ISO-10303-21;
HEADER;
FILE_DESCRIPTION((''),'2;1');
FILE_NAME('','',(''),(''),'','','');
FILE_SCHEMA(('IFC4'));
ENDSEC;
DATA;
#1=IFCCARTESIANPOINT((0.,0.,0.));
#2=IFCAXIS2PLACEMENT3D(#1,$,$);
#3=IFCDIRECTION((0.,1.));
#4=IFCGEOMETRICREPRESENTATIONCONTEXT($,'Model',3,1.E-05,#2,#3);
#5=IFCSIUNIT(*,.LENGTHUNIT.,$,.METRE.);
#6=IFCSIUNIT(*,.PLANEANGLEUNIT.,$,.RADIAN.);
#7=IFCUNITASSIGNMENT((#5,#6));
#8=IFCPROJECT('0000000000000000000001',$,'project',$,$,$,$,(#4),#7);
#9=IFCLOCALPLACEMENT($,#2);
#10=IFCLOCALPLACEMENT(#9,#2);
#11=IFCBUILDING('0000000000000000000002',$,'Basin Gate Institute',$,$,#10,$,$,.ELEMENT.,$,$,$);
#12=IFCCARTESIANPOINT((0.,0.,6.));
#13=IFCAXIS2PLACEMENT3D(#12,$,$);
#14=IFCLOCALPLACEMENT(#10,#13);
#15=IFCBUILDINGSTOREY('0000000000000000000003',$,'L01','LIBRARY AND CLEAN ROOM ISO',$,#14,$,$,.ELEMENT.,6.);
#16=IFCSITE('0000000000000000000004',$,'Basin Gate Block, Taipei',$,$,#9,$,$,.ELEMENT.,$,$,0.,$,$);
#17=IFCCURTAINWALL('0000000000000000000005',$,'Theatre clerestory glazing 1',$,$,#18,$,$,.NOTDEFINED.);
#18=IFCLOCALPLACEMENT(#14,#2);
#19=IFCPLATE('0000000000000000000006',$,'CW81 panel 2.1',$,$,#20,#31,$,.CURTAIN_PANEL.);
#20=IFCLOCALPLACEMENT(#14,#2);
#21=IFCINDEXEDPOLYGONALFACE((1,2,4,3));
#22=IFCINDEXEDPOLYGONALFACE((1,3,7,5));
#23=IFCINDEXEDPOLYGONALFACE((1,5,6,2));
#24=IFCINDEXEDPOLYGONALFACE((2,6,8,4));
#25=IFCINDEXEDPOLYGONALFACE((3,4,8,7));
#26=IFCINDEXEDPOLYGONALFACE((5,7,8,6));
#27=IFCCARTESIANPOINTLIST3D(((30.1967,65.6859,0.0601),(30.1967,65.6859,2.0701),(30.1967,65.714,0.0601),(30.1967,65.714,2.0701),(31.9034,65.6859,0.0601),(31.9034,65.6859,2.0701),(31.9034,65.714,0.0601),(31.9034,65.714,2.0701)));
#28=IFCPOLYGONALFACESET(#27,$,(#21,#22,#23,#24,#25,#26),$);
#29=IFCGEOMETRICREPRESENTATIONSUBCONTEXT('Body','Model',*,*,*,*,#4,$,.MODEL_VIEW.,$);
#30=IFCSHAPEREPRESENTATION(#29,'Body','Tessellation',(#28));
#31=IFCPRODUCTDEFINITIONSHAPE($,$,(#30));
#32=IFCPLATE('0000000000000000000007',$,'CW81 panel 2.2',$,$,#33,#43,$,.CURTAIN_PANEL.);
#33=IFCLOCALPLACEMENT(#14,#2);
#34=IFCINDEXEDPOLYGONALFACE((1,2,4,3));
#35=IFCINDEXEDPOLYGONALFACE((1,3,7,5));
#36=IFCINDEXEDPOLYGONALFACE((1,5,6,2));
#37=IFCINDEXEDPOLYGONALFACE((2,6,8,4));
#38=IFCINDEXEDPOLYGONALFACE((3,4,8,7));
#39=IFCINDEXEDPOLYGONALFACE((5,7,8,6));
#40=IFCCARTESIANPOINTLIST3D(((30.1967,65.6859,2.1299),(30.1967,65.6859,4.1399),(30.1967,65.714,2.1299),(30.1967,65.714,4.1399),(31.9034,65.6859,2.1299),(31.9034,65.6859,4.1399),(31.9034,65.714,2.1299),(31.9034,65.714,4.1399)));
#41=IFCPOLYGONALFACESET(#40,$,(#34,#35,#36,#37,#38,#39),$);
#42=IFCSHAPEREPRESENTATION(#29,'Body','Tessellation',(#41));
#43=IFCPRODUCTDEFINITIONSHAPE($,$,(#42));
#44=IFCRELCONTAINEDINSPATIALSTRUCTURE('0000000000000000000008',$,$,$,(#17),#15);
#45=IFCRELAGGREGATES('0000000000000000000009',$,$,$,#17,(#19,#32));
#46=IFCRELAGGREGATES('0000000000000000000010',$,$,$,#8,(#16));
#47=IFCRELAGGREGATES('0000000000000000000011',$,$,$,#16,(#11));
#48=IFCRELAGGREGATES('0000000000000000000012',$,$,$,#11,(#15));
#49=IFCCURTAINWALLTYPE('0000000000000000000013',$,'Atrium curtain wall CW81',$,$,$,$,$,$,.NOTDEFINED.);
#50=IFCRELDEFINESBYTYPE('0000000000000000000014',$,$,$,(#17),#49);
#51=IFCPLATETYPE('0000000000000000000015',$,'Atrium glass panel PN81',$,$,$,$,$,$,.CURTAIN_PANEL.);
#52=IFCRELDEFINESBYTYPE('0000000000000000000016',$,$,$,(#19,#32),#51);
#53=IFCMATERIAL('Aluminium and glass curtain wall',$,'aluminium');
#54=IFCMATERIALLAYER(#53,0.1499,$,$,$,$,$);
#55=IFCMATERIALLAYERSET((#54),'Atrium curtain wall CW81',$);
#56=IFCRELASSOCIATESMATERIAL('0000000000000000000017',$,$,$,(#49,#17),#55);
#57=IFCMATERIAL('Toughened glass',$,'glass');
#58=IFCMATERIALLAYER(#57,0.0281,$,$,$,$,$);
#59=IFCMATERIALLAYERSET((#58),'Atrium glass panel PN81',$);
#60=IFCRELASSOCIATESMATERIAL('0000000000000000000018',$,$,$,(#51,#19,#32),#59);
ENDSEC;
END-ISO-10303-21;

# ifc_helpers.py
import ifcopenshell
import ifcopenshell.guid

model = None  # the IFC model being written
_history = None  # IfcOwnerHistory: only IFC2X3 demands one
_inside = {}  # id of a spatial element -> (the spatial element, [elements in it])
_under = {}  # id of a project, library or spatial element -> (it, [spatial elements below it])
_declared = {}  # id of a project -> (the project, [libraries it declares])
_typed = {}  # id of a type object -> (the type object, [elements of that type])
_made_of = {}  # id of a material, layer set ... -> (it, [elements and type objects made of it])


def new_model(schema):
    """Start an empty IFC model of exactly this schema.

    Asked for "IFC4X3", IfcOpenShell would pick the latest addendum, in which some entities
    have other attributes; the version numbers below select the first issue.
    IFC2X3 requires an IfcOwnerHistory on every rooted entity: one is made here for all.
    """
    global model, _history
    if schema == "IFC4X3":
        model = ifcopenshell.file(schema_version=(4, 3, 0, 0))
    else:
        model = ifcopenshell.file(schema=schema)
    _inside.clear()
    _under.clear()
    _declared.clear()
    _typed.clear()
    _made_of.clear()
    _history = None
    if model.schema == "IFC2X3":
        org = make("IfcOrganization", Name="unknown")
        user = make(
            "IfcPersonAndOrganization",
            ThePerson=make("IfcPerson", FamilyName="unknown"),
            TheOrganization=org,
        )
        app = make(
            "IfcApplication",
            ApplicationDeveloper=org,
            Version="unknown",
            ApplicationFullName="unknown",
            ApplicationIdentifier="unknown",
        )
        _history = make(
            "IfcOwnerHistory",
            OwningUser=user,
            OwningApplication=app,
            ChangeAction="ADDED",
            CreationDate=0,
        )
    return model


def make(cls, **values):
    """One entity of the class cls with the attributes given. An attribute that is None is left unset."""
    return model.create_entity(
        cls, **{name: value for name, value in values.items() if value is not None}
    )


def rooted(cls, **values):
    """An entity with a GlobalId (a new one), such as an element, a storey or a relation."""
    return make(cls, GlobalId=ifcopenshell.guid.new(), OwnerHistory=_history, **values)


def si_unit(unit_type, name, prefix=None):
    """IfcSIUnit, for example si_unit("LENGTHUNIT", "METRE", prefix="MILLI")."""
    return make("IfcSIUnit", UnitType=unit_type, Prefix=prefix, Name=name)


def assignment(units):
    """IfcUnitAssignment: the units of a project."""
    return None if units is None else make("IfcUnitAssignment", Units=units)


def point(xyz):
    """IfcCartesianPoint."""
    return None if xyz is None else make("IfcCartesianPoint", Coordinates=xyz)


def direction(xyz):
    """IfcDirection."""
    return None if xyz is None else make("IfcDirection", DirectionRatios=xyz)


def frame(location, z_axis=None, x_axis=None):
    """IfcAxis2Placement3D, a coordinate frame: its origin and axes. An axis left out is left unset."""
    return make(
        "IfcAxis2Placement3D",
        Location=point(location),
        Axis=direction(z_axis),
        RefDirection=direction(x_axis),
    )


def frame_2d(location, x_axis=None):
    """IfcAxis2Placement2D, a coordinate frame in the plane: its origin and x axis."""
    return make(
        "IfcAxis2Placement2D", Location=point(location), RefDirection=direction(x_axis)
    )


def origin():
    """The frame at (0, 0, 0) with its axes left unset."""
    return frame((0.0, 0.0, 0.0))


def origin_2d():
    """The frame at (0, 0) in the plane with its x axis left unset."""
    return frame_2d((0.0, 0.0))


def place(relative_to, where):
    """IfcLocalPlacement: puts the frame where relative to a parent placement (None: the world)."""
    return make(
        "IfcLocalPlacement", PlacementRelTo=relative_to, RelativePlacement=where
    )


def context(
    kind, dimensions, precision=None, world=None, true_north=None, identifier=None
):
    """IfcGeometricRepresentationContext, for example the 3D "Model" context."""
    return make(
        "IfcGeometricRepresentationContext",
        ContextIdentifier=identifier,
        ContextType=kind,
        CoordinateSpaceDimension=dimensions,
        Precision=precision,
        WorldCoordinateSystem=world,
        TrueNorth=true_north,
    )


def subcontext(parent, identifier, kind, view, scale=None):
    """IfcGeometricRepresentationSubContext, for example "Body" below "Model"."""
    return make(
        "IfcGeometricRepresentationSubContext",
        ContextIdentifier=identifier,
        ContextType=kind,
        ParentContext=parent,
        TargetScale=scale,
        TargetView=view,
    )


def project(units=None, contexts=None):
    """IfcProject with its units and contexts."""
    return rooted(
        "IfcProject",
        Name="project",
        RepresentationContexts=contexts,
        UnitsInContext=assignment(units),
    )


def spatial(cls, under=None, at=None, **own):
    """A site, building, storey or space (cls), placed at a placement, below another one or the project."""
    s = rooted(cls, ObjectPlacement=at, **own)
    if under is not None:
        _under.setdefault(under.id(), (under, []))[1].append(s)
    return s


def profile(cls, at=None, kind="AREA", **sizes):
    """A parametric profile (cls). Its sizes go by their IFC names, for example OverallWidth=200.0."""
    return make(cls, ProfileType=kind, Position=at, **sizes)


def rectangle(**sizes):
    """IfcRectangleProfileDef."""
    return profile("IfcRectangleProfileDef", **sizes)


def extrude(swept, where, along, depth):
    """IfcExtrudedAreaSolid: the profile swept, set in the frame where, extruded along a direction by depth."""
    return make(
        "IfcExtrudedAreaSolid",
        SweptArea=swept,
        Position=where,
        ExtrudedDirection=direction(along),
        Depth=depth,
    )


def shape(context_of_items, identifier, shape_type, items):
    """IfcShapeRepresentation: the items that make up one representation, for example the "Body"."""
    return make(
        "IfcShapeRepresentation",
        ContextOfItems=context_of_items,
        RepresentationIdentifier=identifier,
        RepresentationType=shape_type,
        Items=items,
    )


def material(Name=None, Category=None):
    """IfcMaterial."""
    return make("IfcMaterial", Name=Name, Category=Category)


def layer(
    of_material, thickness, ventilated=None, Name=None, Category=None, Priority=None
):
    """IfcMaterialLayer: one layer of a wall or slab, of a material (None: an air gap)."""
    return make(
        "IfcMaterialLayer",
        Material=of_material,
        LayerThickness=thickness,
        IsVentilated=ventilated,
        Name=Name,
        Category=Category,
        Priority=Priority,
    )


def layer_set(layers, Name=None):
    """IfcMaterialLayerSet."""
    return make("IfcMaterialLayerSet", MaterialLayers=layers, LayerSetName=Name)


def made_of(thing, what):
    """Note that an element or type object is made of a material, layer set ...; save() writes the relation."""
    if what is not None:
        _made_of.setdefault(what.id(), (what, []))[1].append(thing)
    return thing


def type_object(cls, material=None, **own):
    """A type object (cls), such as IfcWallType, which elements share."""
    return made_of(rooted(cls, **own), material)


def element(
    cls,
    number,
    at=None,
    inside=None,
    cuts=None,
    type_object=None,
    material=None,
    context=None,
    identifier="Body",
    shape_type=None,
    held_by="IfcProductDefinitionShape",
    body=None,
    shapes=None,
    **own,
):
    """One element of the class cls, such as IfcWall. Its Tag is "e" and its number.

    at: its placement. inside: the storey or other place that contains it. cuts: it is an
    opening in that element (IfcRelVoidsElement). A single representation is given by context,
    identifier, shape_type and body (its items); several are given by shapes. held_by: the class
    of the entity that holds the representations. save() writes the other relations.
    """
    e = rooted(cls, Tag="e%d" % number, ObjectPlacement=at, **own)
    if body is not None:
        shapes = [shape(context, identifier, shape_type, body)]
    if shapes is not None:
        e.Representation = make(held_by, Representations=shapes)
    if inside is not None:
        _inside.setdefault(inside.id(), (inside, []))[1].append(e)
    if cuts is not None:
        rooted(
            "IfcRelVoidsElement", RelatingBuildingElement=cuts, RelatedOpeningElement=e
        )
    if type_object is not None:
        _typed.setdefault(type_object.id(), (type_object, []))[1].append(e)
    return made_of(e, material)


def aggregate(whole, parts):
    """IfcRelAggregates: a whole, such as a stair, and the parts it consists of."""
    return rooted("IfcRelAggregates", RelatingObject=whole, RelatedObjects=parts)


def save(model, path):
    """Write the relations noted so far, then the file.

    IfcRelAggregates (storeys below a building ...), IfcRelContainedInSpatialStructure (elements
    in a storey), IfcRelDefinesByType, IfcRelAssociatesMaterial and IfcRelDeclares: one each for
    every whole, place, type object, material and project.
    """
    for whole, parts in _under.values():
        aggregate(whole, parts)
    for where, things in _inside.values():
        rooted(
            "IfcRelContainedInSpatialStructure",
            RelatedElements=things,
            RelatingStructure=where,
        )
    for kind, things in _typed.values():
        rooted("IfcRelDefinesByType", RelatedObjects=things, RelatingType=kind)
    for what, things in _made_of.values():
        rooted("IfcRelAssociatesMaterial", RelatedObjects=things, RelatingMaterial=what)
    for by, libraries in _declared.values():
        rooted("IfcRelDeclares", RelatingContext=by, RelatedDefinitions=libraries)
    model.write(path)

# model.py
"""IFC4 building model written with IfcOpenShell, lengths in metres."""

from ifc_helpers import new_model, si_unit, direction, frame, origin, origin_2d, place, context, subcontext, project, spatial, rectangle, extrude, material, layer, layer_set, type_object, element, aggregate, save


model = new_model("IFC4")

# Units and contexts
model_context = context("Model", 3, precision=1e-05, world=origin(), true_north=direction((0.0, 1.0)))
body_context = subcontext(model_context, "Body", "Model", "MODEL_VIEW")
ifc_project = project(units=[si_unit("LENGTHUNIT", "METRE"), si_unit("PLANEANGLEUNIT", "RADIAN")], contexts=[model_context])

# Site, building, storey
site_placement = place(None, origin())
site = spatial("IfcSite", under=ifc_project, at=site_placement, Name="Basin Gate Block, Taipei", CompositionType="ELEMENT", RefElevation=0.0)
building_placement = place(site_placement, origin())
building = spatial("IfcBuilding", under=site, at=building_placement, Name="Basin Gate Institute", CompositionType="ELEMENT")
storey_placement = place(building_placement, frame((0.0, 0.0, 6.0)))
storey = spatial("IfcBuildingStorey", under=building, at=storey_placement, Name="L01", Description="LIBRARY AND CLEAN ROOM ISO", CompositionType="ELEMENT", Elevation=6.0)

# Curtain wall, plates
ifc_material_1 = material(Name="Aluminium and glass curtain wall", Category="aluminium")
ifc_layer_1 = layer(ifc_material_1, 0.1499)
ifc_layer_set_1 = layer_set([ifc_layer_1], Name="Atrium curtain wall CW81")
curtain_wall_type = type_object("IfcCurtainWallType", Name="Atrium curtain wall CW81", PredefinedType="NOTDEFINED", material=ifc_layer_set_1)
curtain_wall_placement = place(storey_placement, origin())
curtain_wall = element("IfcCurtainWall", 1, at=curtain_wall_placement, inside=storey, type_object=curtain_wall_type, material=ifc_layer_set_1, Name="Theatre clerestory glazing 1", PredefinedType="NOTDEFINED")
ifc_material_2 = material(Name="Toughened glass", Category="glass")
ifc_layer_2 = layer(ifc_material_2, 0.0281)
ifc_layer_set_2 = layer_set([ifc_layer_2], Name="Atrium glass panel PN81")
plate_type = type_object("IfcPlateType", Name="Atrium glass panel PN81", PredefinedType="CURTAIN_PANEL", material=ifc_layer_set_2)
plate_1_placement = place(storey_placement, frame((31.05, 65.7, 0.0601), z_axis=(0.0, 0.0, 1.0), x_axis=(1.0, 0.0, 0.0)))
plate_1 = element("IfcPlate", 2, at=plate_1_placement, type_object=plate_type, material=ifc_layer_set_2, Name="CW81 panel 2.1", PredefinedType="CURTAIN_PANEL", context=body_context, shape_type="SweptSolid", body=[
    extrude(rectangle(XDim=1.7068, YDim=0.0281, at=origin_2d()), origin(), (0.0, 0.0, 1.0), 2.01),
])
plate_2_placement = place(storey_placement, frame((31.05, 65.7, 2.1299), z_axis=(0.0, 0.0, 1.0), x_axis=(1.0, 0.0, 0.0)))
plate_2 = element("IfcPlate", 3, at=plate_2_placement, type_object=plate_type, material=ifc_layer_set_2, Name="CW81 panel 2.2", PredefinedType="CURTAIN_PANEL", context=body_context, shape_type="SweptSolid", body=[
    extrude(rectangle(XDim=1.7068, YDim=0.0281, at=origin_2d()), origin(), (0.0, 0.0, 1.0), 2.01),
])
aggregate(curtain_wall, [plate_1, plate_2])

save(model, "model.ifc")
